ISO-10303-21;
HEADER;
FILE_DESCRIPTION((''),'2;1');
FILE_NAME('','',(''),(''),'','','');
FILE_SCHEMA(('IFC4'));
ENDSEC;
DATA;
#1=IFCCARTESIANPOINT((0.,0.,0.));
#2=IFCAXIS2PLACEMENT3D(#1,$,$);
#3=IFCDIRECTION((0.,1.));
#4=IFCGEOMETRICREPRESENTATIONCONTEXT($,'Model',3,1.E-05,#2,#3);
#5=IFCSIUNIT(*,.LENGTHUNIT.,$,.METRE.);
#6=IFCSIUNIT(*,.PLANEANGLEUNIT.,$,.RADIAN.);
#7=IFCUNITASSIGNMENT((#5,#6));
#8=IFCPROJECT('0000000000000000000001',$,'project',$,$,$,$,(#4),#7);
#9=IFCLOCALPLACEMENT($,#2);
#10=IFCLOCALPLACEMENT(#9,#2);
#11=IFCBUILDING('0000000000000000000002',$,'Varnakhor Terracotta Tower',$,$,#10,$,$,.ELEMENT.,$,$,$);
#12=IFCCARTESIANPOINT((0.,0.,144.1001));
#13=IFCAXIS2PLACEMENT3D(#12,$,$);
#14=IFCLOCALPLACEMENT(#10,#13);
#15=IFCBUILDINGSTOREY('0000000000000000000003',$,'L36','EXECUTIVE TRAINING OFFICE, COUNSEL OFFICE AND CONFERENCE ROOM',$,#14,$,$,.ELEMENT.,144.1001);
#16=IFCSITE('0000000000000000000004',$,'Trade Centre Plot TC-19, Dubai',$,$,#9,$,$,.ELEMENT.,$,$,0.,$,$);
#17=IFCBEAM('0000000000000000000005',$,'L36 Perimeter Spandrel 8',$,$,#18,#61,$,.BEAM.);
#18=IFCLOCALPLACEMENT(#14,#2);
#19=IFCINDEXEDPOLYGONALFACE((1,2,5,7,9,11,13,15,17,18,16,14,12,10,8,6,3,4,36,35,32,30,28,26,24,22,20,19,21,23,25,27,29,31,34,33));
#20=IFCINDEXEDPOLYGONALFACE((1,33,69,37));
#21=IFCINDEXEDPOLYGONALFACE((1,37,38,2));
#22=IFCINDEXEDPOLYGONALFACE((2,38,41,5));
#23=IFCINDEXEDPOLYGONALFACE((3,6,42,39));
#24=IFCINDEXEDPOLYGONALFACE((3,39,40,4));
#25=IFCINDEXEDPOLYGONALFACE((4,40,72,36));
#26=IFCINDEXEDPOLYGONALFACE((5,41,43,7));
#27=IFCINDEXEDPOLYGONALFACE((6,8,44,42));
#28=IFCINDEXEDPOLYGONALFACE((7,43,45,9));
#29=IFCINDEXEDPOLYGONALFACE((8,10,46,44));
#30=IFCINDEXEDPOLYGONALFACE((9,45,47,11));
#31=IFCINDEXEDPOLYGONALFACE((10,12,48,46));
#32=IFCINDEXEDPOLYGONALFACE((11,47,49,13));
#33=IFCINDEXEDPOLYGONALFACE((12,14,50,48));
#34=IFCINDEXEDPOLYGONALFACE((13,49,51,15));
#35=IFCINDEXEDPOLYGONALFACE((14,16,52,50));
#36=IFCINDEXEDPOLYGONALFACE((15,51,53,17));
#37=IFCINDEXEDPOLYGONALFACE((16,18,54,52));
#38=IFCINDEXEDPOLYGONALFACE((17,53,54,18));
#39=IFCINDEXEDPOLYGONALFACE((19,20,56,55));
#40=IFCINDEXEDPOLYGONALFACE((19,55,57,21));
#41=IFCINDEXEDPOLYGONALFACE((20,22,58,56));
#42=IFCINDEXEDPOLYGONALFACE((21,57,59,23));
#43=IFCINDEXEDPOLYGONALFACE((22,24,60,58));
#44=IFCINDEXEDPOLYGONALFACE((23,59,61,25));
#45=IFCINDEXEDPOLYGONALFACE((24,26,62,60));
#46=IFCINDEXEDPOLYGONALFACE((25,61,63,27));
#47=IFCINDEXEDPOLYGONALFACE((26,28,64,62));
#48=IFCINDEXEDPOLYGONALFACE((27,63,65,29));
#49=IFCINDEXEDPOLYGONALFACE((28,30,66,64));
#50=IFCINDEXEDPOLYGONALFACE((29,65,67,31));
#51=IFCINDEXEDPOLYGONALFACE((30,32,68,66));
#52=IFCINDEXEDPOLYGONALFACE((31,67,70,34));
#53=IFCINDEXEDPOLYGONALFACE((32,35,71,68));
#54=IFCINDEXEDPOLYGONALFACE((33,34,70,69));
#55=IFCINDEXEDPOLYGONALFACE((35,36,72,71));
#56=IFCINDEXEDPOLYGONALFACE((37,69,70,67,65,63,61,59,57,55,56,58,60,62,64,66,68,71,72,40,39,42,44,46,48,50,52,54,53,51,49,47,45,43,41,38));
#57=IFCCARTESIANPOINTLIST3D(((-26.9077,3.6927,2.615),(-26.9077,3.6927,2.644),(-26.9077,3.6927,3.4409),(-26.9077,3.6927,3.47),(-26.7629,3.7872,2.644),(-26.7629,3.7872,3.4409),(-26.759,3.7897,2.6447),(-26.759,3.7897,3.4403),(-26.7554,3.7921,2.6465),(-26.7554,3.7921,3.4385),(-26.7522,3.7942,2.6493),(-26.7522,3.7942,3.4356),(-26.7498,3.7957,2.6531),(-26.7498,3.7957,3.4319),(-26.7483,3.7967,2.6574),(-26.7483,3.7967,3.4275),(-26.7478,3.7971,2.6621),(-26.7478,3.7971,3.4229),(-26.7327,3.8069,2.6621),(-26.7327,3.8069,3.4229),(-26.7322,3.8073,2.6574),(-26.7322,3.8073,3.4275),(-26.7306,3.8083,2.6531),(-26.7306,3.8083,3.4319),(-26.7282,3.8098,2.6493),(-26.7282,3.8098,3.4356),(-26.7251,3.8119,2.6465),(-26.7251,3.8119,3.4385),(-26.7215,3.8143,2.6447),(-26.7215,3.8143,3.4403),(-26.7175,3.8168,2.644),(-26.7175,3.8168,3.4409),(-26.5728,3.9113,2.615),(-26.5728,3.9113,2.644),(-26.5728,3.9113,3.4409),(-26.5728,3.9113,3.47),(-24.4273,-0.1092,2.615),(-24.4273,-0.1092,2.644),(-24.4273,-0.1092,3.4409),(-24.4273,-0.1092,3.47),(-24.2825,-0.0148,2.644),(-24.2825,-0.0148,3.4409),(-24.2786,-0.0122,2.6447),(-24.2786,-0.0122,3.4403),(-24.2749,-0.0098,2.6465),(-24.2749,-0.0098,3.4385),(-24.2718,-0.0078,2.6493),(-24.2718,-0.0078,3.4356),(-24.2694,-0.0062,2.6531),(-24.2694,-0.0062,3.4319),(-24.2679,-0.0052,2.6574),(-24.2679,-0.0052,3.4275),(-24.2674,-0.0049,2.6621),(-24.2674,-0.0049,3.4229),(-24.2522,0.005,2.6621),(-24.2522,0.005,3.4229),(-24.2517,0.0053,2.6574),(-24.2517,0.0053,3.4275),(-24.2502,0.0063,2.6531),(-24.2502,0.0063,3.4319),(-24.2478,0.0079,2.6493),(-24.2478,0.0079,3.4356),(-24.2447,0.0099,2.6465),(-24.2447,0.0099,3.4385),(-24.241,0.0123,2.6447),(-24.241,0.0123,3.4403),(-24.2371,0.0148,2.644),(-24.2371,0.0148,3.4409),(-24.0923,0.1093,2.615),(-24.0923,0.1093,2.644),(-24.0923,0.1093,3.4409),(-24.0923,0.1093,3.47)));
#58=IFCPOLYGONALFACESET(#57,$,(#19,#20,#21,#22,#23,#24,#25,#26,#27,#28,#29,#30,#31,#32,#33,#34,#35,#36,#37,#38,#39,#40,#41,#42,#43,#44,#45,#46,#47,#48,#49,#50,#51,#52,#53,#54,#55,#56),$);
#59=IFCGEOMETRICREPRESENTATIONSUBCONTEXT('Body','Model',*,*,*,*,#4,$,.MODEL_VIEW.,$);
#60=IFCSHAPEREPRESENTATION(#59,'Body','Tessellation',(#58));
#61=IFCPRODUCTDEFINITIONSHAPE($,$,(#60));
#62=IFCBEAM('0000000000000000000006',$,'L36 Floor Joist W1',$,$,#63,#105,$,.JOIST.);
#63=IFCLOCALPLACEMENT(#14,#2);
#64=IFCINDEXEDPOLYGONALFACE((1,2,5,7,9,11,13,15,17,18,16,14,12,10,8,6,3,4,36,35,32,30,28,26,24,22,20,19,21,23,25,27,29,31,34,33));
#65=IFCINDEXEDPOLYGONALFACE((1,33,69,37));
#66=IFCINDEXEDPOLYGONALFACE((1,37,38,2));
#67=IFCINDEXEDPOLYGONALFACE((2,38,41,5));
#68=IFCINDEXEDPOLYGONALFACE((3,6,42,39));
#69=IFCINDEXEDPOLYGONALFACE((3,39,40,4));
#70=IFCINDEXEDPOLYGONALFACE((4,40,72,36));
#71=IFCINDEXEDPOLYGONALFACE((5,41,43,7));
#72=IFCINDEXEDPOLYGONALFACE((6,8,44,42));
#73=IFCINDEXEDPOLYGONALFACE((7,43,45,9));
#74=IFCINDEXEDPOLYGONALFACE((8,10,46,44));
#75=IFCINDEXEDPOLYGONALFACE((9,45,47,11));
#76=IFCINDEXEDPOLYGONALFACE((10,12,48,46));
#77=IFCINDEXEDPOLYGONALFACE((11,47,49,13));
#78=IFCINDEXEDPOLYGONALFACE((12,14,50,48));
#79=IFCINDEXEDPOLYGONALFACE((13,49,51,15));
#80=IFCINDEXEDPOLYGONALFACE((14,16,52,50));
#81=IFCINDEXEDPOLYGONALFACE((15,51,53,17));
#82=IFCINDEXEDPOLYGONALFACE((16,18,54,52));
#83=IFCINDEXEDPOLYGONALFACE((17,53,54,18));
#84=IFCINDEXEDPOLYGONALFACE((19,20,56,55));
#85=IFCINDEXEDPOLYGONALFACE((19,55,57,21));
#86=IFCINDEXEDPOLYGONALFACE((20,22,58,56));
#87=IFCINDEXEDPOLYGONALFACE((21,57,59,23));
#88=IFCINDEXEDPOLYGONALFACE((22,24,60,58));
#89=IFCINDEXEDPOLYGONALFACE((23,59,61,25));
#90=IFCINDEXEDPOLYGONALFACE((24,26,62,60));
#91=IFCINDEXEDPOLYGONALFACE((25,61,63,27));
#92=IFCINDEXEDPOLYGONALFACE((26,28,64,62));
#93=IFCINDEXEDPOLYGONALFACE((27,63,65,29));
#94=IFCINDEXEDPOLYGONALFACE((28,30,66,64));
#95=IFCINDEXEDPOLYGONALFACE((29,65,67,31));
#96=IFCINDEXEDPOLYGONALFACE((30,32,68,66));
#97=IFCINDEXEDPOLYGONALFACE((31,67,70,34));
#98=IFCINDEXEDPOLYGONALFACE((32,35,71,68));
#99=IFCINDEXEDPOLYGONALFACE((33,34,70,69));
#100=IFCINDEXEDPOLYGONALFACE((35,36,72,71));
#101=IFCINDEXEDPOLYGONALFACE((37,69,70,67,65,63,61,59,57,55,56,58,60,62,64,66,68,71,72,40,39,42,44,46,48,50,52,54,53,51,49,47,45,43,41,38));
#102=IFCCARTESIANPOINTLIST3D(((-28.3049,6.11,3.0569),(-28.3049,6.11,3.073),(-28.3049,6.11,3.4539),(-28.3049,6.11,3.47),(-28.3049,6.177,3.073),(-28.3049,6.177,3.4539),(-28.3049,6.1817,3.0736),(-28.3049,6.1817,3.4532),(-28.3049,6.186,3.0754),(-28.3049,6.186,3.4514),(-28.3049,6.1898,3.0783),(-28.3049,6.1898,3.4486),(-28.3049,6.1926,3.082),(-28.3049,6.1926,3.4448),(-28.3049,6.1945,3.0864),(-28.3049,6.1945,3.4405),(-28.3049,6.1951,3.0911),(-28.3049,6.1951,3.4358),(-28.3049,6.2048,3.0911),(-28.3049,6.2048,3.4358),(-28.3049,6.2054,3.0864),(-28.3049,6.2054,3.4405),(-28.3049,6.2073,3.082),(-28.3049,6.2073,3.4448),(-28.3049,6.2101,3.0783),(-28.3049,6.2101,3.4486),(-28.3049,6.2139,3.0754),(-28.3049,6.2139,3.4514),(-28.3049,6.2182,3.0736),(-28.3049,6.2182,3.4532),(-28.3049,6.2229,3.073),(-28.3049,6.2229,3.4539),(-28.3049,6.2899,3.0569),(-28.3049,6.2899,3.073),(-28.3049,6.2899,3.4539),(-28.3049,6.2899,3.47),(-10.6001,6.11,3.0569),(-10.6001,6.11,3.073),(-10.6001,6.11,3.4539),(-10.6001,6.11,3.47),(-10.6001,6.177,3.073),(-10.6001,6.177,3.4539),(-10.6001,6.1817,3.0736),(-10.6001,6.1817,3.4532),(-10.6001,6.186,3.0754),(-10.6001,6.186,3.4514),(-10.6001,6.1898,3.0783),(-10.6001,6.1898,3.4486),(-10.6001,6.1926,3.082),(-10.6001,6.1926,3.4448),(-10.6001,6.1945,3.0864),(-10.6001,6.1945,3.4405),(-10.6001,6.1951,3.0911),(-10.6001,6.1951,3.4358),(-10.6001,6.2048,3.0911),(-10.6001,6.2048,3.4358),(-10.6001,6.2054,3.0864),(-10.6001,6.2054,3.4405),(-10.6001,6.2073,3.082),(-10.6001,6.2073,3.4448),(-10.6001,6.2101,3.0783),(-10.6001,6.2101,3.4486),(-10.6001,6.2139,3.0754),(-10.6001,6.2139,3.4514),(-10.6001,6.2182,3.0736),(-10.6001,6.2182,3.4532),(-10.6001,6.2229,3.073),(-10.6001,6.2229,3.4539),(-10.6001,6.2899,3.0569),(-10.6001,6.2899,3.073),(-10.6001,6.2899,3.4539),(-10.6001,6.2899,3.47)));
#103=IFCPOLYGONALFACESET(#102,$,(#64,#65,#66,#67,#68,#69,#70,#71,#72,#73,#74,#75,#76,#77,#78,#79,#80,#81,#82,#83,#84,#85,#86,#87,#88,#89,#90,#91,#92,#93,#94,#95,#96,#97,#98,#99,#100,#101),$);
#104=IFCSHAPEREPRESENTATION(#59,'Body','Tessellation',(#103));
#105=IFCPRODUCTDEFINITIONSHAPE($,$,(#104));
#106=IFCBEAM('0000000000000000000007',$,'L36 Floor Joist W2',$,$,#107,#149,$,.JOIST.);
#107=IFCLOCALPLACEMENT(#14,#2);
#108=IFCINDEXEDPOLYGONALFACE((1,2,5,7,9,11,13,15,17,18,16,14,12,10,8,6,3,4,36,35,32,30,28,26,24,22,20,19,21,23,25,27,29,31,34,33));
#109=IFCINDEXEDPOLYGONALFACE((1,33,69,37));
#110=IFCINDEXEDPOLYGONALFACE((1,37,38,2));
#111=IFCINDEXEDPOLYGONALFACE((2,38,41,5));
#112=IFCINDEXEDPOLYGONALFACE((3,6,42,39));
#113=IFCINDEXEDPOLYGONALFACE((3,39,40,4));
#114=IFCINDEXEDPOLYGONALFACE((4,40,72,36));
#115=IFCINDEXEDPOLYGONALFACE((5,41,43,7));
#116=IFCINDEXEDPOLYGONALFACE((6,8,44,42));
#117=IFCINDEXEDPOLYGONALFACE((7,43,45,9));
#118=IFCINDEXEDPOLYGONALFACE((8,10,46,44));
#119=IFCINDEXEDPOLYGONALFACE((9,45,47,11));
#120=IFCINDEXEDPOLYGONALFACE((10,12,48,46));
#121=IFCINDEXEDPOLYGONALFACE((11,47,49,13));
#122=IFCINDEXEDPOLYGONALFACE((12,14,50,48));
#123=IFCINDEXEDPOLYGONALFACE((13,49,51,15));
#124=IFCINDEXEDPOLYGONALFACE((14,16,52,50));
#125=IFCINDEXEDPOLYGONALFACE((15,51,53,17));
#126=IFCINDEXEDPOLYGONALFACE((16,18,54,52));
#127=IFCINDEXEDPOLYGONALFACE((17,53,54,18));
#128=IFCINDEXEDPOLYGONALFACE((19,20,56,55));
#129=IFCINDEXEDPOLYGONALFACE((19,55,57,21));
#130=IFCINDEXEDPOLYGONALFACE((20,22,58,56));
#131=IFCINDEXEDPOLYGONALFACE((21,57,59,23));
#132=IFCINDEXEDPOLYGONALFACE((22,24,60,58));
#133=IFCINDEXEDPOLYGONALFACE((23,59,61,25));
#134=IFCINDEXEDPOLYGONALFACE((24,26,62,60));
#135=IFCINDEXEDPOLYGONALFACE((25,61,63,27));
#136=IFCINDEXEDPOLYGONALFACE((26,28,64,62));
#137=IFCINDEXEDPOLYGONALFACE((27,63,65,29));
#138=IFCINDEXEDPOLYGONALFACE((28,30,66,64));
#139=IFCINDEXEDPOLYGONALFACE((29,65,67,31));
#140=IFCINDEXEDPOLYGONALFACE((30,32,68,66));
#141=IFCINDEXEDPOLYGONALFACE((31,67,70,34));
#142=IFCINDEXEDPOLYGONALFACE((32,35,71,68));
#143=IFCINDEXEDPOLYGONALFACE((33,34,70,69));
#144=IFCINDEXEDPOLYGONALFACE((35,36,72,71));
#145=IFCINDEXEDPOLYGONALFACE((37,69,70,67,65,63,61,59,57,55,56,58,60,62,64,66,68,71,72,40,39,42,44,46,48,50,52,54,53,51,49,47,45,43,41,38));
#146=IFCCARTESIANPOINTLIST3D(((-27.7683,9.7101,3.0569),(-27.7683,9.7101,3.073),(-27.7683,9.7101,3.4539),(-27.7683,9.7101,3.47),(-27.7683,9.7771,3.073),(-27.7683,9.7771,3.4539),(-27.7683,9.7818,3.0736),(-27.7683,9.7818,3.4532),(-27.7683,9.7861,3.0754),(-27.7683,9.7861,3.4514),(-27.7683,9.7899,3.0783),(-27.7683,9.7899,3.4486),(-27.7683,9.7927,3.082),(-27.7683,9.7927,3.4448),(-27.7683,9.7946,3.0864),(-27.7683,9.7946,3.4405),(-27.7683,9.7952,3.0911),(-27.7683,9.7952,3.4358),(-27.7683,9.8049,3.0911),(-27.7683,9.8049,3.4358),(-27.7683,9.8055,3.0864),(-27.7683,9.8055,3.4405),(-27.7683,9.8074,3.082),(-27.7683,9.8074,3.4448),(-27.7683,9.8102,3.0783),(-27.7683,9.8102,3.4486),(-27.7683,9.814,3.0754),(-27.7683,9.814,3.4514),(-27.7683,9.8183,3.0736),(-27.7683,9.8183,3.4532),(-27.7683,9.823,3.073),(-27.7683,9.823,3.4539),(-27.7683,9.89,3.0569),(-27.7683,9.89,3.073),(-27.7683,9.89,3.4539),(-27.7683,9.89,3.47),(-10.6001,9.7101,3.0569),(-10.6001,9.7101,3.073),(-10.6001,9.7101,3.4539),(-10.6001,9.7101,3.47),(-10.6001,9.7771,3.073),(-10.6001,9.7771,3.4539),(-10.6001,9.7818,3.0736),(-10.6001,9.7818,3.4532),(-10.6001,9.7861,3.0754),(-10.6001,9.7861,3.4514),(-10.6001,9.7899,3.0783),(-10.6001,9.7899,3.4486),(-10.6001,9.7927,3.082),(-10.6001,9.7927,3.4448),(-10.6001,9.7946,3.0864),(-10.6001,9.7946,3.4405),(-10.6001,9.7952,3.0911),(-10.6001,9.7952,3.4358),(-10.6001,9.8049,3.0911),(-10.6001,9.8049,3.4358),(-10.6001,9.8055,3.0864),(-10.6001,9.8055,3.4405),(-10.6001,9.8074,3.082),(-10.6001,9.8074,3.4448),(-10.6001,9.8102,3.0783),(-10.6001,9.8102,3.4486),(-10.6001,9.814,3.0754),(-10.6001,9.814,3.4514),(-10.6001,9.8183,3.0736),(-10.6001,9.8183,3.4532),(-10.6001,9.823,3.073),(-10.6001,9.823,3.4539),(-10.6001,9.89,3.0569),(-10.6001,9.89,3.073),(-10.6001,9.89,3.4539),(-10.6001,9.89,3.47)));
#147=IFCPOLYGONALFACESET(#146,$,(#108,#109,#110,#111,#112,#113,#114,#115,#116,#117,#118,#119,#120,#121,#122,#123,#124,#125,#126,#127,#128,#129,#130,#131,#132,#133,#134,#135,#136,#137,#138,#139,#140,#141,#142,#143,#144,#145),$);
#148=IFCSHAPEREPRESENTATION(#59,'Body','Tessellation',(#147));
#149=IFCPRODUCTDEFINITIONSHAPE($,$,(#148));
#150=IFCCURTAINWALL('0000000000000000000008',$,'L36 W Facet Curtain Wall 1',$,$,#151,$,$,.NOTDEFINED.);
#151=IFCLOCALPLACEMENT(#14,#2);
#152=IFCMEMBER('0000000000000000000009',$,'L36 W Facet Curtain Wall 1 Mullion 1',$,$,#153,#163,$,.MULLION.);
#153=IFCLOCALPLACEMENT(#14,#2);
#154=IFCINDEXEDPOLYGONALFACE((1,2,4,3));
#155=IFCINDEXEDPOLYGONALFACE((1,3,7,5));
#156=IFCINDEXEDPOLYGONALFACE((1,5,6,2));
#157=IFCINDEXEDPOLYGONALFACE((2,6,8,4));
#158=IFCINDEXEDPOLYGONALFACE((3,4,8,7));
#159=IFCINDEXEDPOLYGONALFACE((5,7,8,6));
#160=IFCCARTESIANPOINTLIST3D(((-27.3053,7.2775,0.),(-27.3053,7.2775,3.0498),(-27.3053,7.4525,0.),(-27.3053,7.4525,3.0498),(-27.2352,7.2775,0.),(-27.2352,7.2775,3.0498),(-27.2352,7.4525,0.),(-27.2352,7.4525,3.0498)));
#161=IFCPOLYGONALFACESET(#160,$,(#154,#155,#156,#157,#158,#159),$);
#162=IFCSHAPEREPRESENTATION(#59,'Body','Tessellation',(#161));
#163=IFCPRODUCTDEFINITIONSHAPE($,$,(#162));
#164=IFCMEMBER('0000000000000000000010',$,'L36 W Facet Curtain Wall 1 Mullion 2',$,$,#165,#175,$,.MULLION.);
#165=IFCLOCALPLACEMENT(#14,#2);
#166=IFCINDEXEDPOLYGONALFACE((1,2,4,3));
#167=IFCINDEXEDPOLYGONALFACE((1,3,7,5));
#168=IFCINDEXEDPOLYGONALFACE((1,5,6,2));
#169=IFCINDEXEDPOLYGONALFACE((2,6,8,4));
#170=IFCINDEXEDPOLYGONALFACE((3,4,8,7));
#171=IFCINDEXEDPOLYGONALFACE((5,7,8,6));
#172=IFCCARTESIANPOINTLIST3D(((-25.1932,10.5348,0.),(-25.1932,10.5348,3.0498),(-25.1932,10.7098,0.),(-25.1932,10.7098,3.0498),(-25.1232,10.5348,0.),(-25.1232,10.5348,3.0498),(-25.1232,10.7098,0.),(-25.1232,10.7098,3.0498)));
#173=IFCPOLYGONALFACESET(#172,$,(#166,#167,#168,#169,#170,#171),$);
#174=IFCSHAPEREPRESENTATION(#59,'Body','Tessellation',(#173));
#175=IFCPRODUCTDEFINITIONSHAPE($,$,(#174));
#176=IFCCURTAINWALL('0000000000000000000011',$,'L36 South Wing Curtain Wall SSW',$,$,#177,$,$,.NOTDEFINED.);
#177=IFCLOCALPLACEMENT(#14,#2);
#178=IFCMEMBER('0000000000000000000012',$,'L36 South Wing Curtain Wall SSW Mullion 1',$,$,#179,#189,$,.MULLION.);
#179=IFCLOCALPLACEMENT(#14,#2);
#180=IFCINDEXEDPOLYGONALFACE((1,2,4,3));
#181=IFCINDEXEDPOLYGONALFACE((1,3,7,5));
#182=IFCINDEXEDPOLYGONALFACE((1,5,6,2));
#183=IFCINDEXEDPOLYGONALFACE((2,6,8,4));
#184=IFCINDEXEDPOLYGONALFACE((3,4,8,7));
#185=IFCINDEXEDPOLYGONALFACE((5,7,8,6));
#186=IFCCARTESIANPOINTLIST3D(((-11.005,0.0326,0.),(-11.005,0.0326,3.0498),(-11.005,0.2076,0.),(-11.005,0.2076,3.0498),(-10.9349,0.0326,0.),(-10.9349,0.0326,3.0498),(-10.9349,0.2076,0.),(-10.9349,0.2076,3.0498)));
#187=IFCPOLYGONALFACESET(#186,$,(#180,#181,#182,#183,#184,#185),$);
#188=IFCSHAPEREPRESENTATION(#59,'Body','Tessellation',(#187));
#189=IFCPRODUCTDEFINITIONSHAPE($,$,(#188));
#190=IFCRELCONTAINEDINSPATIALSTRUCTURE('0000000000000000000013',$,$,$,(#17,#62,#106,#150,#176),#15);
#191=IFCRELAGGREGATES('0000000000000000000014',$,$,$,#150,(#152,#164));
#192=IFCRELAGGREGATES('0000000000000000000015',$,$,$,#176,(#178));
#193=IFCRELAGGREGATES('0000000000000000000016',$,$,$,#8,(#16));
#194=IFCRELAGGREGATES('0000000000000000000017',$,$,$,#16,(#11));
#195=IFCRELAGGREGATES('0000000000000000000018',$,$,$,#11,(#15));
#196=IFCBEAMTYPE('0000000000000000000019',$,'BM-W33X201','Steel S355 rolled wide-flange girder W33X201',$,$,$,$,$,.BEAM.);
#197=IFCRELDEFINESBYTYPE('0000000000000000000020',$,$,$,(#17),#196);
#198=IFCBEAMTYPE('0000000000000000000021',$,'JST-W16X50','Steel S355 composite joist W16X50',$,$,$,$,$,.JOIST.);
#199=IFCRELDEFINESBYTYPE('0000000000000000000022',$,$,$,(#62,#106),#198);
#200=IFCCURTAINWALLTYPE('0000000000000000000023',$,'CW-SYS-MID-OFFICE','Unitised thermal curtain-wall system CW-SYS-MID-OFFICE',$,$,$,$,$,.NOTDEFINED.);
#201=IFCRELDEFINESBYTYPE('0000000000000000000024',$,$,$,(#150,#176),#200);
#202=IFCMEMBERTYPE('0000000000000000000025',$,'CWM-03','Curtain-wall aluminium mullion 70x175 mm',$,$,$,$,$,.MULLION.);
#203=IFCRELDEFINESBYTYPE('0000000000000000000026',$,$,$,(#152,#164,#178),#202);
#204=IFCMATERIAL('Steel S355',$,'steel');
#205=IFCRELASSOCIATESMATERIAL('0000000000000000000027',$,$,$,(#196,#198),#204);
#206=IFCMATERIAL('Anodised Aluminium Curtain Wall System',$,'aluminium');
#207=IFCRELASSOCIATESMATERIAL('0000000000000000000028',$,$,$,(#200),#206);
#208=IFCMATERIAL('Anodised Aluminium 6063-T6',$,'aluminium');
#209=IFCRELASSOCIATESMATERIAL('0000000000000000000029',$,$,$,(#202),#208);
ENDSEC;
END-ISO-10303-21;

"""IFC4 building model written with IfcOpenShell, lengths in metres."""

from ifc_helpers import new_model, si_unit, direction, frame, origin, origin_2d, place, context, subcontext, project, spatial, rectangle, i_section, extrude, source, transform, mapped, material, material_profile, profile_set, type_object, type_shapes, element, aggregate, save


model = new_model("IFC4")

# Units and contexts
model_context = context("Model", 3, precision=1e-05, world=origin(), true_north=direction((0.0, 1.0)))
body_context = subcontext(model_context, "Body", "Model", "MODEL_VIEW")
ifc_project = project(units=[si_unit("LENGTHUNIT", "METRE"), si_unit("PLANEANGLEUNIT", "RADIAN")], contexts=[model_context])

# Site, building, storey
site_placement = place(None, origin())
site = spatial("IfcSite", under=ifc_project, at=site_placement, Name="Trade Centre Plot TC-19, Dubai", CompositionType="ELEMENT", RefElevation=0.0)
building_placement = place(site_placement, origin())
building = spatial("IfcBuilding", under=site, at=building_placement, Name="Varnakhor Terracotta Tower", CompositionType="ELEMENT")
storey_placement = place(building_placement, frame((0.0, 0.0, 144.1001)))
storey = spatial("IfcBuildingStorey", under=building, at=storey_placement, Name="L36", Description="EXECUTIVE TRAINING OFFICE, COUNSEL OFFICE AND CONFERENCE ROOM", CompositionType="ELEMENT", Elevation=144.1001)

# Beams
ifc_material_1 = material(Name="Steel S355", Category="steel")
ifc_material_profile_1 = material_profile(ifc_material_1, i_section(OverallWidth=0.3999, OverallDepth=0.855, WebThickness=0.0181, FlangeThickness=0.0291, FilletRadius=0.0181, at=origin_2d()), Name="W33X201")
ifc_profile_set_1 = profile_set([ifc_material_profile_1], Name="Steel S355")
beam_type_1 = type_object("IfcBeamType", Name="BM-W33X201", Description="Steel S355 rolled wide-flange girder W33X201", PredefinedType="BEAM", material=ifc_profile_set_1)
shared_shape_1 = source(origin(), body_context, "Body", "SweptSolid", [
    extrude(i_section(OverallWidth=0.3999, OverallDepth=0.855, WebThickness=0.0181, FlangeThickness=0.0291, FilletRadius=0.0181, at=origin_2d()), origin(), (0.0, 0.0, 1.0), 4.5396),
])
beam_1_placement = place(storey_placement, frame((-26.7402, 3.802, 3.0425), z_axis=(0.546407, -0.83752, 0.0), x_axis=(0.83752, 0.546407, 0.0)))
element("IfcBeam", 1, at=beam_1_placement, inside=storey, type_object=beam_type_1, Name="L36 Perimeter Spandrel 8", PredefinedType="BEAM", context=body_context, shape_type="MappedRepresentation", body=[
    mapped(shared_shape_1, transform((0.0, 0.0, 0.0), scale=1.0)),
])
ifc_material_profile_2 = material_profile(ifc_material_1, i_section(OverallWidth=0.1799, OverallDepth=0.4131, WebThickness=0.0098, FlangeThickness=0.0161, FilletRadius=0.0181, at=origin_2d()), Name="W16X50")
ifc_profile_set_2 = profile_set([ifc_material_profile_2], Name="Steel S355")
beam_type_2 = type_object("IfcBeamType", Name="JST-W16X50", Description="Steel S355 composite joist W16X50", PredefinedType="JOIST", material=ifc_profile_set_2)
shared_shape_2 = source(origin(), body_context, "Body", "SweptSolid", [
    extrude(i_section(OverallWidth=0.1799, OverallDepth=0.4131, WebThickness=0.0098, FlangeThickness=0.0161, FilletRadius=0.0181, at=origin_2d()), origin(), (0.0, 0.0, 1.0), 17.7048),
])
beam_2_placement = place(storey_placement, frame((-28.3049, 6.2, 3.2634), z_axis=(1.0, 0.0, 0.0), x_axis=(0.0, 1.0, 0.0)))
element("IfcBeam", 2, at=beam_2_placement, inside=storey, type_object=beam_type_2, Name="L36 Floor Joist W1", PredefinedType="JOIST", context=body_context, shape_type="MappedRepresentation", body=[
    mapped(shared_shape_2, transform((0.0, 0.0, 0.0), scale=1.0)),
])
shared_shape_3 = source(origin(), body_context, "Body", "SweptSolid", [
    extrude(i_section(OverallWidth=0.1799, OverallDepth=0.4131, WebThickness=0.0098, FlangeThickness=0.0161, FilletRadius=0.0181, at=origin_2d()), origin(), (0.0, 0.0, 1.0), 17.1682),
])
beam_3_placement = place(storey_placement, frame((-27.7683, 9.8, 3.2634), z_axis=(1.0, 0.0, 0.0), x_axis=(0.0, 1.0, 0.0)))
element("IfcBeam", 3, at=beam_3_placement, inside=storey, type_object=beam_type_2, Name="L36 Floor Joist W2", PredefinedType="JOIST", context=body_context, shape_type="MappedRepresentation", body=[
    mapped(shared_shape_3, transform((0.0, 0.0, 0.0), scale=1.0)),
])

# Curtain walls, members
ifc_material_2 = material(Name="Anodised Aluminium Curtain Wall System", Category="aluminium")
curtain_wall_type = type_object("IfcCurtainWallType", Name="CW-SYS-MID-OFFICE", Description="Unitised thermal curtain-wall system CW-SYS-MID-OFFICE", PredefinedType="NOTDEFINED", material=ifc_material_2)
curtain_wall_1_placement = place(storey_placement, origin())
curtain_wall_1 = element("IfcCurtainWall", 4, at=curtain_wall_1_placement, inside=storey, type_object=curtain_wall_type, Name="L36 W Facet Curtain Wall 1", PredefinedType="NOTDEFINED")
ifc_material_3 = material(Name="Anodised Aluminium 6063-T6", Category="aluminium")
ifc_material_profile_3 = material_profile(ifc_material_3, rectangle(XDim=0.0701, YDim=0.175, at=origin_2d()), Name="ALU MULLION 70x175")
ifc_profile_set_3 = profile_set([ifc_material_profile_3], Name="Anodised Aluminium 6063-T6")
member_type_1 = type_object("IfcMemberType", Name="CWM-03", Description="Curtain-wall aluminium mullion 70x175 mm", PredefinedType="MULLION", material=ifc_profile_set_3)
shared_shape_4 = source(origin(), body_context, "Body", "SweptSolid", [
    extrude(rectangle(XDim=0.0701, YDim=0.175, at=origin_2d()), origin(), (0.0, 0.0, 1.0), 3.0498),
])
type_shapes(member_type_1, [shared_shape_4])
member_1_placement = place(storey_placement, frame((-27.2703, 7.365, 0.0), z_axis=(0.0, 0.0, 1.0), x_axis=(1.0, 0.0, 0.0)))
member_1 = element("IfcMember", 5, at=member_1_placement, type_object=member_type_1, Name="L36 W Facet Curtain Wall 1 Mullion 1", PredefinedType="MULLION", context=body_context, shape_type="MappedRepresentation", body=[
    mapped(shared_shape_4, transform((0.0, 0.0, 0.0), scale=1.0)),
])
member_2_placement = place(storey_placement, frame((-25.1582, 10.6223, 0.0), z_axis=(0.0, 0.0, 1.0), x_axis=(1.0, 0.0, 0.0)))
member_2 = element("IfcMember", 6, at=member_2_placement, type_object=member_type_1, Name="L36 W Facet Curtain Wall 1 Mullion 2", PredefinedType="MULLION", context=body_context, shape_type="MappedRepresentation", body=[
    mapped(shared_shape_4, transform((0.0, 0.0, 0.0), scale=1.0)),
])
curtain_wall_2_placement = place(storey_placement, origin())
curtain_wall_2 = element("IfcCurtainWall", 7, at=curtain_wall_2_placement, inside=storey, type_object=curtain_wall_type, Name="L36 South Wing Curtain Wall SSW", PredefinedType="NOTDEFINED")
member_3_placement = place(storey_placement, frame((-10.97, 0.1201, 0.0), z_axis=(0.0, 0.0, 1.0), x_axis=(1.0, 0.0, 0.0)))
member_3 = element("IfcMember", 8, at=member_3_placement, type_object=member_type_1, Name="L36 South Wing Curtain Wall SSW Mullion 1", PredefinedType="MULLION", context=body_context, shape_type="MappedRepresentation", body=[
    mapped(shared_shape_4, transform((0.0, 0.0, 0.0), scale=1.0)),
])

aggregate(curtain_wall_1, [member_1, member_2])
aggregate(curtain_wall_2, [member_3])

save(model, "model.ifc")
